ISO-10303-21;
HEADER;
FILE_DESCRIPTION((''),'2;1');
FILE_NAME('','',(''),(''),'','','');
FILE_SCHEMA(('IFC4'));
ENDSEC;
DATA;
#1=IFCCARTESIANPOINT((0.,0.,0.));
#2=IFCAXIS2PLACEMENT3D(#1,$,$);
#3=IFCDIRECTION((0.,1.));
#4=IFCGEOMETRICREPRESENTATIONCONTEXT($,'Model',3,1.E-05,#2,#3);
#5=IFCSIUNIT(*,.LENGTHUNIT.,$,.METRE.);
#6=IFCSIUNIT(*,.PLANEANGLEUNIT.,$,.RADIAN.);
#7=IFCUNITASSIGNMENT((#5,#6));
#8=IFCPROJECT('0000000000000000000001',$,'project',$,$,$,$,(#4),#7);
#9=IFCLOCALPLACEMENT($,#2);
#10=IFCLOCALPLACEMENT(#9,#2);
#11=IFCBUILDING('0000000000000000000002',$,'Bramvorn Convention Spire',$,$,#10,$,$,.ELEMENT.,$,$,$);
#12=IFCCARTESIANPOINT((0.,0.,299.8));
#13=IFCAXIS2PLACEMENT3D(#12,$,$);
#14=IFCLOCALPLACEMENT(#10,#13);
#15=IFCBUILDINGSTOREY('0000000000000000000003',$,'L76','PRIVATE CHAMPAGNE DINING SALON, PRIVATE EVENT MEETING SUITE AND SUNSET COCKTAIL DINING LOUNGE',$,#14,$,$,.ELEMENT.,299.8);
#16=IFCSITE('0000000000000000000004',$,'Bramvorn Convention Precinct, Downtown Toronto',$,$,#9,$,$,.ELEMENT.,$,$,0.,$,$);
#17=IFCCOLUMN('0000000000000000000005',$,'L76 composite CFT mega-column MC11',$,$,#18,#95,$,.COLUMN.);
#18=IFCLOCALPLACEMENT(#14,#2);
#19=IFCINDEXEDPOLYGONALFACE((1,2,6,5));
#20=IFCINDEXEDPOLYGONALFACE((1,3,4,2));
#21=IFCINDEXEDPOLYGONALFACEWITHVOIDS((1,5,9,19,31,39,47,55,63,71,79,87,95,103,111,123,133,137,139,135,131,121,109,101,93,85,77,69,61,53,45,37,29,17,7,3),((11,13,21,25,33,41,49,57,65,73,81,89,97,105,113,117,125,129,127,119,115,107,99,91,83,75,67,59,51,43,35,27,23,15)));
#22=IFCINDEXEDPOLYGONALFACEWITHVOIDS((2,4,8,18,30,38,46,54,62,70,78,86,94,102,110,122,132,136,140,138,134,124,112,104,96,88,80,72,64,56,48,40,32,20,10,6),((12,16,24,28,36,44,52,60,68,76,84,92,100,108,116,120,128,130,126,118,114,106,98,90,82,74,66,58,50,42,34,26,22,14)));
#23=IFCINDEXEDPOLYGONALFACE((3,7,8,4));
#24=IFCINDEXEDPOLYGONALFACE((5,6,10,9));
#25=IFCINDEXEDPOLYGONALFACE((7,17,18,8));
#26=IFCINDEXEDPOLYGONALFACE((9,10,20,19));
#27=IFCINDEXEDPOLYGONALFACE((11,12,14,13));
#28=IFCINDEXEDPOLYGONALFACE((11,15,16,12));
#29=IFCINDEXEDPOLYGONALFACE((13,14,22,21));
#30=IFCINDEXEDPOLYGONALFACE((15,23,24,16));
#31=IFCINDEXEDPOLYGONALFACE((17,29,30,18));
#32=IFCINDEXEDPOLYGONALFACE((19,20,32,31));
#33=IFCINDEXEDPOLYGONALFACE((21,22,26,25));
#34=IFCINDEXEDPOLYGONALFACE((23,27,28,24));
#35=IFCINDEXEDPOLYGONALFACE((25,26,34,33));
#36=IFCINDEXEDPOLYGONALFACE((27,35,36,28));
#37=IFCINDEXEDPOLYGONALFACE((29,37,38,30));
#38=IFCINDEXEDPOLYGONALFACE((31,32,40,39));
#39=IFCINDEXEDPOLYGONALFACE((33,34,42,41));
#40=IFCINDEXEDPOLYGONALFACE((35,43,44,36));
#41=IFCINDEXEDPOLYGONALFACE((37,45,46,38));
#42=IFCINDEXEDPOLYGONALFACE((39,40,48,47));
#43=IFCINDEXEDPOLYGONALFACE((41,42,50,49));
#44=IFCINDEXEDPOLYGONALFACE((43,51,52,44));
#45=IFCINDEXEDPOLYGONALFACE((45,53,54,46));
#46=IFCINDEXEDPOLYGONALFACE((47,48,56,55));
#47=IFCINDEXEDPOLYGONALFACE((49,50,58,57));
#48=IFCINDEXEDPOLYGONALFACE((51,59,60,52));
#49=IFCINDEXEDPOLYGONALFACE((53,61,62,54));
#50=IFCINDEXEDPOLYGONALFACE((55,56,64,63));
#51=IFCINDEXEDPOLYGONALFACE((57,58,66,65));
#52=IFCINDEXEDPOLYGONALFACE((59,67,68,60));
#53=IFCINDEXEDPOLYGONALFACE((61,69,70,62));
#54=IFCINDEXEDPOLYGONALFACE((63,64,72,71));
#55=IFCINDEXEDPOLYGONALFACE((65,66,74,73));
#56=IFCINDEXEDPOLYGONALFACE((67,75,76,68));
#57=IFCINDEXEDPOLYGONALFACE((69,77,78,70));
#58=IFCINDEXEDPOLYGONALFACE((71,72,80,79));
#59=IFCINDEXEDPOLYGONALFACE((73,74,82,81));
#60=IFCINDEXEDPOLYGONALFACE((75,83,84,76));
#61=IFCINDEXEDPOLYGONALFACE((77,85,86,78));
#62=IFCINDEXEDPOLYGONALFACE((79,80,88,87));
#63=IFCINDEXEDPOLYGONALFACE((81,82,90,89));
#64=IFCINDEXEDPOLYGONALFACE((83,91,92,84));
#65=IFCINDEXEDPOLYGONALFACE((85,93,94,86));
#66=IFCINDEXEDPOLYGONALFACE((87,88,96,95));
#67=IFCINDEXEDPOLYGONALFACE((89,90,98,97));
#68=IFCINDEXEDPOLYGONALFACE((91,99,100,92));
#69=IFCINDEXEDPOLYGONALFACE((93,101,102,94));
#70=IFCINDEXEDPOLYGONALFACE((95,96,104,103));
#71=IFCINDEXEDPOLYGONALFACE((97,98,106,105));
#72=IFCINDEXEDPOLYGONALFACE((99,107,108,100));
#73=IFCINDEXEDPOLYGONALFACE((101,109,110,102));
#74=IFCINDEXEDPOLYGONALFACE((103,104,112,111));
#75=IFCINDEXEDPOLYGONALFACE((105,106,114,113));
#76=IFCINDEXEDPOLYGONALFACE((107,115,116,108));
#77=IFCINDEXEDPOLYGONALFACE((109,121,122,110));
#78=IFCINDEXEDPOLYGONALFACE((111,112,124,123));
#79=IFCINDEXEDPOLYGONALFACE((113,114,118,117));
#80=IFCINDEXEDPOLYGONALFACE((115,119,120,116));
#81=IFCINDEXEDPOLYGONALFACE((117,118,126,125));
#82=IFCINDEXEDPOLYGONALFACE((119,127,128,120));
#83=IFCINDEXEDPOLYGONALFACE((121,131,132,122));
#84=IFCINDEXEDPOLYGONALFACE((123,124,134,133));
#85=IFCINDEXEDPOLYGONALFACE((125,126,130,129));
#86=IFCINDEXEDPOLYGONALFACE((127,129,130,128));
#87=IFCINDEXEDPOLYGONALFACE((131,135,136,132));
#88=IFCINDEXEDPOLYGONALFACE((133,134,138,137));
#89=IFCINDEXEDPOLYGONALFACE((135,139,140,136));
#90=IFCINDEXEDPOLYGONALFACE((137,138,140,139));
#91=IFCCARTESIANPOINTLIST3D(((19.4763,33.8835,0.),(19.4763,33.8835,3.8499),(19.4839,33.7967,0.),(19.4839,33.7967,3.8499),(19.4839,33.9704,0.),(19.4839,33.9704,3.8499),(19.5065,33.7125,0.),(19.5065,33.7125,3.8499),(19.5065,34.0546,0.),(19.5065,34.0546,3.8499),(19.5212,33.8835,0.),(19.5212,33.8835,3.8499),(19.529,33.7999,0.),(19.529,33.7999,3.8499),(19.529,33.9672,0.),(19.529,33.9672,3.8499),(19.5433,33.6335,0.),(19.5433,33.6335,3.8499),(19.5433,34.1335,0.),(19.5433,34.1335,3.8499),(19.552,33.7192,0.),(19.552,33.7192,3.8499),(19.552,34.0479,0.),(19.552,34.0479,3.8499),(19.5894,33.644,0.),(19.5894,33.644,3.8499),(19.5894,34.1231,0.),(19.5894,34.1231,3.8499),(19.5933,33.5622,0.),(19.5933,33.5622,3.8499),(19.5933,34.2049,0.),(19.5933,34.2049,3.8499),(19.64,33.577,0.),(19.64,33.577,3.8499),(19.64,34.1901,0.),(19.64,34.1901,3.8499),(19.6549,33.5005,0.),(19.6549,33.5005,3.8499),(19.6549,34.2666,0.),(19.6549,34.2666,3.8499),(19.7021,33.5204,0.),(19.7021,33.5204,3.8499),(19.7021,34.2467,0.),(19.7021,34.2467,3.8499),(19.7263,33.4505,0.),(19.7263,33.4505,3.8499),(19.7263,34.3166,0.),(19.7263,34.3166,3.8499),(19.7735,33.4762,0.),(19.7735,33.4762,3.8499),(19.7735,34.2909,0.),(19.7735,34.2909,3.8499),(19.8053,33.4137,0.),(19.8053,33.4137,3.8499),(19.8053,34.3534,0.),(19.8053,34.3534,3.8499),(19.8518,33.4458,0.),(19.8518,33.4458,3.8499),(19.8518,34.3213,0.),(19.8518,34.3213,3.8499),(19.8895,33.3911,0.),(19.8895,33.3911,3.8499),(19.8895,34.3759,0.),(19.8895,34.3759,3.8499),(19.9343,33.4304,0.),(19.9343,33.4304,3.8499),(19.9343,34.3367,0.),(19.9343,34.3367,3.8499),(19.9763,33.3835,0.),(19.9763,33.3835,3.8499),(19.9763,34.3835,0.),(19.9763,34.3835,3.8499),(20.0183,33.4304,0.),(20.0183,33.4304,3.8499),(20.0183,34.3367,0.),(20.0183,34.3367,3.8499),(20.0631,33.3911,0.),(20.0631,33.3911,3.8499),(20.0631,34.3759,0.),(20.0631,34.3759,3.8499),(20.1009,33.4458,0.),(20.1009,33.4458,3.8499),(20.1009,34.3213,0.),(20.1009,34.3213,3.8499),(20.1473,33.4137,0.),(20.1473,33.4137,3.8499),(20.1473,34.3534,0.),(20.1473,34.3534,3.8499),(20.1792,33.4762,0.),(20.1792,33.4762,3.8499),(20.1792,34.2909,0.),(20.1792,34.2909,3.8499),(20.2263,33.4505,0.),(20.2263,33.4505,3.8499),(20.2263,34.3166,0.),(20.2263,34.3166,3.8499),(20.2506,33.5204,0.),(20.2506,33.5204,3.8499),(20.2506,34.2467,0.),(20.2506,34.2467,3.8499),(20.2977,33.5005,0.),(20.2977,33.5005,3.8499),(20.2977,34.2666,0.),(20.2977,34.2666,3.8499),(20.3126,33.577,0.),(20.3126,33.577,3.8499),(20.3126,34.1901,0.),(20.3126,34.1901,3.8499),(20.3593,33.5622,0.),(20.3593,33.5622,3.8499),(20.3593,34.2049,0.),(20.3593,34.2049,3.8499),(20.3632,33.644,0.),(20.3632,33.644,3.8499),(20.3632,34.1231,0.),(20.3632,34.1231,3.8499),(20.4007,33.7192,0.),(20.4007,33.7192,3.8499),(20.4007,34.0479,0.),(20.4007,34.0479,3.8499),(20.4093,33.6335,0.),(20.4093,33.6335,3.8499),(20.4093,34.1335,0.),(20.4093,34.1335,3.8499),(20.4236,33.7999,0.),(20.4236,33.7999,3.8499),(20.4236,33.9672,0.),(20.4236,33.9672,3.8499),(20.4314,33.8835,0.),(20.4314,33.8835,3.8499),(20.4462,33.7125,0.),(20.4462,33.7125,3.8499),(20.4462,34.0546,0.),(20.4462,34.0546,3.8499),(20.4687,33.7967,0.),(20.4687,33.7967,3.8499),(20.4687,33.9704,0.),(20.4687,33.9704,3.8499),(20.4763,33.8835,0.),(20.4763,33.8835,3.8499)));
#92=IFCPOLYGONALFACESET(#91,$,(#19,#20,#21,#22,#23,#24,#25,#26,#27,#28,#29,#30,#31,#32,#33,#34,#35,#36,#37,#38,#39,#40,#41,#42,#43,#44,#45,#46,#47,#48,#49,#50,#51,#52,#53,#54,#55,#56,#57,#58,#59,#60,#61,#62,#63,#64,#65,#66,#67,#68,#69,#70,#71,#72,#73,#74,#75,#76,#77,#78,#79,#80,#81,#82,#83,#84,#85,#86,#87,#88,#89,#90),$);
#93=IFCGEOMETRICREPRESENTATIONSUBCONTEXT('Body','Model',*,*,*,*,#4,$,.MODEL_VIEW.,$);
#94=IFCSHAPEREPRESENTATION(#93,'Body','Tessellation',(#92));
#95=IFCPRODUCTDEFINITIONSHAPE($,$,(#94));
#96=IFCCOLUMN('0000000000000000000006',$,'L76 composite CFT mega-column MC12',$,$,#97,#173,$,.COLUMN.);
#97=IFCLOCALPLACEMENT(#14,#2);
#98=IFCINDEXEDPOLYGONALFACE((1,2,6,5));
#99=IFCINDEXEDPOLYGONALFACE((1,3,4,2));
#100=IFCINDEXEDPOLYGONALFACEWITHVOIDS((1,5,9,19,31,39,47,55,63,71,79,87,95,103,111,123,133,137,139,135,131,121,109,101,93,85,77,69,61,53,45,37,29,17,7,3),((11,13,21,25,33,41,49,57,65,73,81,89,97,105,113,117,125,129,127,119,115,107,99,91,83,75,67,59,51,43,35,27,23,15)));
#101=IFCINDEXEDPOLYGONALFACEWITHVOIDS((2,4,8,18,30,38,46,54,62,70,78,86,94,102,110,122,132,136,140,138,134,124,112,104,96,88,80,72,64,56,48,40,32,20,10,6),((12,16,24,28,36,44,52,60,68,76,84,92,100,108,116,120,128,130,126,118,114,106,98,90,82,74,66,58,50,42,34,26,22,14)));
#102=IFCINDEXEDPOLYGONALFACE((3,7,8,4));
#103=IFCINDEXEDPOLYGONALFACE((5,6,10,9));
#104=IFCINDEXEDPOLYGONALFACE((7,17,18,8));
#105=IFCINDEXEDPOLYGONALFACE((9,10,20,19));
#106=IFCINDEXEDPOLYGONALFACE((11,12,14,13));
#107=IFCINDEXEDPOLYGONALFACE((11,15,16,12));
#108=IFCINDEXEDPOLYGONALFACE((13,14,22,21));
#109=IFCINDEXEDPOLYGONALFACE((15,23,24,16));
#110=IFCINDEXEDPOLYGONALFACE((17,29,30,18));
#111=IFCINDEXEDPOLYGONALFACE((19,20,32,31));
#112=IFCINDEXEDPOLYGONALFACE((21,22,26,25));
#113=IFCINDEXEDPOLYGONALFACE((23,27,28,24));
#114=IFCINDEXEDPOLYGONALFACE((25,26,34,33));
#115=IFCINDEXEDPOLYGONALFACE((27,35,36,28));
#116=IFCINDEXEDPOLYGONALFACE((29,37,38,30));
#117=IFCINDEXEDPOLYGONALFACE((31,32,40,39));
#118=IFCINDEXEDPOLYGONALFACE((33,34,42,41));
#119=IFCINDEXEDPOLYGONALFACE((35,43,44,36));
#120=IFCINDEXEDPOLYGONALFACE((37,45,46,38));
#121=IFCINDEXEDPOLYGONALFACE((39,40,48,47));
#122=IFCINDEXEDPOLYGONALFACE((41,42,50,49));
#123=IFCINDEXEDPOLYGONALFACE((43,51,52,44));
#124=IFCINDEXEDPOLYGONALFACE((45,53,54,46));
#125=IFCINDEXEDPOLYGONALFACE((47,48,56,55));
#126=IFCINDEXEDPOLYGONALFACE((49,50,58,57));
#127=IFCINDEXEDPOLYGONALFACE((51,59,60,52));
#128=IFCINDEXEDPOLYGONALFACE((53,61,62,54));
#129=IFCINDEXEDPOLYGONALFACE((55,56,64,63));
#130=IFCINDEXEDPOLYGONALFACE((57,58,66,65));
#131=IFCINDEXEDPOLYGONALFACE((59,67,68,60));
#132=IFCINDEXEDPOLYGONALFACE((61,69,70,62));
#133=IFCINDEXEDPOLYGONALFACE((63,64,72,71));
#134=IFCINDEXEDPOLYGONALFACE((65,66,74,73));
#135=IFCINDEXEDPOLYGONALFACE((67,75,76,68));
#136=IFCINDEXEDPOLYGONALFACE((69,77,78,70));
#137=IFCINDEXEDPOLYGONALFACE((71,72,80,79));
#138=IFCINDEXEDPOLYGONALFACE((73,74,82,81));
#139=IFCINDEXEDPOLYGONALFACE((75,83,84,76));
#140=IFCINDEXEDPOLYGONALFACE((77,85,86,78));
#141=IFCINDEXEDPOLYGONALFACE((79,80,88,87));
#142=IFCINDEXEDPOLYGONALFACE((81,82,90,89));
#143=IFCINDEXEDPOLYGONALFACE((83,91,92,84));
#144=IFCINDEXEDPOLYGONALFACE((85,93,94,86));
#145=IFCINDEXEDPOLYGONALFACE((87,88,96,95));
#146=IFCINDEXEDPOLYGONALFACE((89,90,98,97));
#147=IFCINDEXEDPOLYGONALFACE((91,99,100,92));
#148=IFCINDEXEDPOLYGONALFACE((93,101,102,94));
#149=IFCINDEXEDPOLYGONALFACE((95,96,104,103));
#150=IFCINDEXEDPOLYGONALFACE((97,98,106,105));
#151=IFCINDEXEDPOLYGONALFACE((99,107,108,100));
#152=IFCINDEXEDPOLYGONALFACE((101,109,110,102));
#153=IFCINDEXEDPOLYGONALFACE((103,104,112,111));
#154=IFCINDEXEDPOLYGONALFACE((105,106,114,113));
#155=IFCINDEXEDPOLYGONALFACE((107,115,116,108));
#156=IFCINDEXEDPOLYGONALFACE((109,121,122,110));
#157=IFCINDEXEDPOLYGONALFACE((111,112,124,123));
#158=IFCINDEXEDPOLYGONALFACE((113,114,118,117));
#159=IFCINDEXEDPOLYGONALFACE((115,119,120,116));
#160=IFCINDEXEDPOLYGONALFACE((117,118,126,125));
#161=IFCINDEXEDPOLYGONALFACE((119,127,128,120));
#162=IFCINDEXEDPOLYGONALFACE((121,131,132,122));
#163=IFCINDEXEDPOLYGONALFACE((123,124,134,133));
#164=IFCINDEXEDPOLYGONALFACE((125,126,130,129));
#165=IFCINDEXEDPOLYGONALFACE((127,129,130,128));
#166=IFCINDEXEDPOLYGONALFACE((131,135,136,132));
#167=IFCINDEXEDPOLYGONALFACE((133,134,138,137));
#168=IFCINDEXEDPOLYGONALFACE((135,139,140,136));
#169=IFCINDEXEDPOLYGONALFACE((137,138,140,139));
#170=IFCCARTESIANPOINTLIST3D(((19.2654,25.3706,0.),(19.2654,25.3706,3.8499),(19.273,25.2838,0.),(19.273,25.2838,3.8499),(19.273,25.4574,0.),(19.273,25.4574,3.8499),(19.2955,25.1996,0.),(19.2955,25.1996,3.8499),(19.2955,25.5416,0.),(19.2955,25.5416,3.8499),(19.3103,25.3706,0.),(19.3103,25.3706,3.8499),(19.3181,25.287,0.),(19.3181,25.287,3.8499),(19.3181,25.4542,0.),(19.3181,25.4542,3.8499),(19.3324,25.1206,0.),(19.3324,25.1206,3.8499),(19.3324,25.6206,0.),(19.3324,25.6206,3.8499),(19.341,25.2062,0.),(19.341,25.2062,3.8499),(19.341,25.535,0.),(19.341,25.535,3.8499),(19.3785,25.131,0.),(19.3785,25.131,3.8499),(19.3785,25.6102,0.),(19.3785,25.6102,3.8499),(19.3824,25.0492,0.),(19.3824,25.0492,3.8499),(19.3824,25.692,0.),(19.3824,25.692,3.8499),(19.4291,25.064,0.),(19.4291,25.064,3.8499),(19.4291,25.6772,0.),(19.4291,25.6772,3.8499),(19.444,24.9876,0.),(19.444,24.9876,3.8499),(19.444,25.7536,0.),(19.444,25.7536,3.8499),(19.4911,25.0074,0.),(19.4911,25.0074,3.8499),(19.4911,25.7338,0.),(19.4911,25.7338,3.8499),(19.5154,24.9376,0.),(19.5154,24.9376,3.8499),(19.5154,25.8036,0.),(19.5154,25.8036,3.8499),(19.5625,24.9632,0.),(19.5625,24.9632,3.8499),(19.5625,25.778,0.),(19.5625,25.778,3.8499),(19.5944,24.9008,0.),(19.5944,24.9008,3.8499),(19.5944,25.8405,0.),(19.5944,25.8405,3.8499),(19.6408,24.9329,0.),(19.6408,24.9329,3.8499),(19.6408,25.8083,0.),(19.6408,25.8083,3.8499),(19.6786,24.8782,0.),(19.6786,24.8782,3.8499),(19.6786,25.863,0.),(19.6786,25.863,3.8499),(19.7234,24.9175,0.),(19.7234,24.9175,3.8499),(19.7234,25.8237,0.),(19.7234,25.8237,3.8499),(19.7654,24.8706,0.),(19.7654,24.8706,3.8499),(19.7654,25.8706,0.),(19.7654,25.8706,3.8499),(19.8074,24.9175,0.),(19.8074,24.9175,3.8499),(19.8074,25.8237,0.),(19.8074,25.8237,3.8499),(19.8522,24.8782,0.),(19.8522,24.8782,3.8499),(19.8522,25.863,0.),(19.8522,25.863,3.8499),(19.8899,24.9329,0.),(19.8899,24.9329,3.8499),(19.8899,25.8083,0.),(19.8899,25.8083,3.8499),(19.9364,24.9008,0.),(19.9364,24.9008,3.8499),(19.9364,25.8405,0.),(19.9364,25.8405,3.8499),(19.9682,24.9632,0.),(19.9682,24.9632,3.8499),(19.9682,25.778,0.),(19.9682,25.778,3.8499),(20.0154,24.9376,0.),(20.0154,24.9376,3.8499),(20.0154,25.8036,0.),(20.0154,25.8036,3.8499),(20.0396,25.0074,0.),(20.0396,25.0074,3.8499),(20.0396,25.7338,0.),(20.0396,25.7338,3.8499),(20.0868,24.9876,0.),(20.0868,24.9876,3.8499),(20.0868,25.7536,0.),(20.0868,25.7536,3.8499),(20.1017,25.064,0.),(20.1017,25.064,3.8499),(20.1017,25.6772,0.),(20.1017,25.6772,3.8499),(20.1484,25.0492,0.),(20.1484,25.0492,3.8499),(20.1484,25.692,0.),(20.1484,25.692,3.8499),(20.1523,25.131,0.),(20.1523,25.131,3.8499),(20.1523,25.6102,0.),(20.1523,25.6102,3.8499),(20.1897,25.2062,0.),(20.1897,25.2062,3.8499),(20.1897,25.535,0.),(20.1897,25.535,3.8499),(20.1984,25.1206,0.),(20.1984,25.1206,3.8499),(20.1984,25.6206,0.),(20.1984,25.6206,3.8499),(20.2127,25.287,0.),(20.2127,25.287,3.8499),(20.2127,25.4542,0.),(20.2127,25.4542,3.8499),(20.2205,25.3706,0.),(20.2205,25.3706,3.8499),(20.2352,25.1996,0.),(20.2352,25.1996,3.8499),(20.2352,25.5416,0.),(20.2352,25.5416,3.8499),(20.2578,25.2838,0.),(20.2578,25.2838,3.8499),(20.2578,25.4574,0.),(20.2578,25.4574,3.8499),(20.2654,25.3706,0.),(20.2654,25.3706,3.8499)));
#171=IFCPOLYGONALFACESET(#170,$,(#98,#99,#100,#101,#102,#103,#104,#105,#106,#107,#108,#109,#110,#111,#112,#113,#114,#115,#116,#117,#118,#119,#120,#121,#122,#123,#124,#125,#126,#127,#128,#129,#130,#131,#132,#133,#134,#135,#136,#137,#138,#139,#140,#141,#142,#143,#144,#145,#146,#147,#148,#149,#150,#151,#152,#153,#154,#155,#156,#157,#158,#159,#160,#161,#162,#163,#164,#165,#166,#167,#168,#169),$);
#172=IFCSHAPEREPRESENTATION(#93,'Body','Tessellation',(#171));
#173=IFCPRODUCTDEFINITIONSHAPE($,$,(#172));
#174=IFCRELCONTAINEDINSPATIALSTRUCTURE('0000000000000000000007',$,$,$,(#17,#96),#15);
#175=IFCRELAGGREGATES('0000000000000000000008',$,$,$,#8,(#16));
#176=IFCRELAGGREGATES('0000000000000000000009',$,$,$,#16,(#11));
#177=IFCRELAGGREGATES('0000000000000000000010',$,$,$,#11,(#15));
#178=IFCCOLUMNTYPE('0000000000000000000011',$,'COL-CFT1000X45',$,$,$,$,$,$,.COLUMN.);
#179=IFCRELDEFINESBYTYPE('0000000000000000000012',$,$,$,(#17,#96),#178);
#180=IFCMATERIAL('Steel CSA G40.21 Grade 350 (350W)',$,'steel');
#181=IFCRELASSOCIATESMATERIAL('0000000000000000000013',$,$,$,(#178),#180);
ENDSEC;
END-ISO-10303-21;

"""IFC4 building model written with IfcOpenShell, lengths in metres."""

from ifc_helpers import new_model, si_unit, direction, frame, origin, origin_2d, place, context, subcontext, project, spatial, hollow_circle, extrude, material, material_profile, profile_set, type_object, element, save


model = new_model("IFC4")

# Units and contexts
model_context = context("Model", 3, precision=1e-05, world=origin(), true_north=direction((0.0, 1.0)))
body_context = subcontext(model_context, "Body", "Model", "MODEL_VIEW")
ifc_project = project(units=[si_unit("LENGTHUNIT", "METRE"), si_unit("PLANEANGLEUNIT", "RADIAN")], contexts=[model_context])

# Site, building, storey
site_placement = place(None, origin())
site = spatial("IfcSite", under=ifc_project, at=site_placement, Name="Bramvorn Convention Precinct, Downtown Toronto", CompositionType="ELEMENT", RefElevation=0.0)
building_placement = place(site_placement, origin())
building = spatial("IfcBuilding", under=site, at=building_placement, Name="Bramvorn Convention Spire", CompositionType="ELEMENT")
storey_placement = place(building_placement, frame((0.0, 0.0, 299.8)))
storey = spatial("IfcBuildingStorey", under=building, at=storey_placement, Name="L76", Description="PRIVATE CHAMPAGNE DINING SALON, PRIVATE EVENT MEETING SUITE AND SUNSET COCKTAIL DINING LOUNGE", CompositionType="ELEMENT", Elevation=299.8)

# Columns
ifc_material_1 = material(Name="Steel CSA G40.21 Grade 350 (350W)", Category="steel")
ifc_material_profile_1 = material_profile(ifc_material_1, hollow_circle(Radius=0.5, WallThickness=0.0449, at=origin_2d()))
ifc_profile_set_1 = profile_set([ifc_material_profile_1], Name="Steel CSA G40.21 Grade 350 (350W) - CFT1000X45")
column_type = type_object("IfcColumnType", Name="COL-CFT1000X45", PredefinedType="COLUMN", material=ifc_profile_set_1)
for number, where, z_axis, x_axis, name in (
    (1, (19.9763, 33.8835, 0.0), (0.0, 0.0, 1.0), (1.0, 0.0, 0.0), "L76 composite CFT mega-column MC11"),
    (2, (19.7654, 25.3706, 0.0), (0.0, 0.0, 1.0), (1.0, 0.0, 0.0), "L76 composite CFT mega-column MC12"),
):
    element("IfcColumn", number, at=place(storey_placement, frame(where, z_axis=z_axis, x_axis=x_axis)), inside=storey, type_object=column_type, Name=name, PredefinedType="COLUMN", context=body_context, shape_type="SweptSolid", body=[
        extrude(hollow_circle(Radius=0.5, WallThickness=0.0449, at=origin_2d()), origin(), (0.0, 0.0, 1.0), 3.8499),
    ])

save(model, "model.ifc")
